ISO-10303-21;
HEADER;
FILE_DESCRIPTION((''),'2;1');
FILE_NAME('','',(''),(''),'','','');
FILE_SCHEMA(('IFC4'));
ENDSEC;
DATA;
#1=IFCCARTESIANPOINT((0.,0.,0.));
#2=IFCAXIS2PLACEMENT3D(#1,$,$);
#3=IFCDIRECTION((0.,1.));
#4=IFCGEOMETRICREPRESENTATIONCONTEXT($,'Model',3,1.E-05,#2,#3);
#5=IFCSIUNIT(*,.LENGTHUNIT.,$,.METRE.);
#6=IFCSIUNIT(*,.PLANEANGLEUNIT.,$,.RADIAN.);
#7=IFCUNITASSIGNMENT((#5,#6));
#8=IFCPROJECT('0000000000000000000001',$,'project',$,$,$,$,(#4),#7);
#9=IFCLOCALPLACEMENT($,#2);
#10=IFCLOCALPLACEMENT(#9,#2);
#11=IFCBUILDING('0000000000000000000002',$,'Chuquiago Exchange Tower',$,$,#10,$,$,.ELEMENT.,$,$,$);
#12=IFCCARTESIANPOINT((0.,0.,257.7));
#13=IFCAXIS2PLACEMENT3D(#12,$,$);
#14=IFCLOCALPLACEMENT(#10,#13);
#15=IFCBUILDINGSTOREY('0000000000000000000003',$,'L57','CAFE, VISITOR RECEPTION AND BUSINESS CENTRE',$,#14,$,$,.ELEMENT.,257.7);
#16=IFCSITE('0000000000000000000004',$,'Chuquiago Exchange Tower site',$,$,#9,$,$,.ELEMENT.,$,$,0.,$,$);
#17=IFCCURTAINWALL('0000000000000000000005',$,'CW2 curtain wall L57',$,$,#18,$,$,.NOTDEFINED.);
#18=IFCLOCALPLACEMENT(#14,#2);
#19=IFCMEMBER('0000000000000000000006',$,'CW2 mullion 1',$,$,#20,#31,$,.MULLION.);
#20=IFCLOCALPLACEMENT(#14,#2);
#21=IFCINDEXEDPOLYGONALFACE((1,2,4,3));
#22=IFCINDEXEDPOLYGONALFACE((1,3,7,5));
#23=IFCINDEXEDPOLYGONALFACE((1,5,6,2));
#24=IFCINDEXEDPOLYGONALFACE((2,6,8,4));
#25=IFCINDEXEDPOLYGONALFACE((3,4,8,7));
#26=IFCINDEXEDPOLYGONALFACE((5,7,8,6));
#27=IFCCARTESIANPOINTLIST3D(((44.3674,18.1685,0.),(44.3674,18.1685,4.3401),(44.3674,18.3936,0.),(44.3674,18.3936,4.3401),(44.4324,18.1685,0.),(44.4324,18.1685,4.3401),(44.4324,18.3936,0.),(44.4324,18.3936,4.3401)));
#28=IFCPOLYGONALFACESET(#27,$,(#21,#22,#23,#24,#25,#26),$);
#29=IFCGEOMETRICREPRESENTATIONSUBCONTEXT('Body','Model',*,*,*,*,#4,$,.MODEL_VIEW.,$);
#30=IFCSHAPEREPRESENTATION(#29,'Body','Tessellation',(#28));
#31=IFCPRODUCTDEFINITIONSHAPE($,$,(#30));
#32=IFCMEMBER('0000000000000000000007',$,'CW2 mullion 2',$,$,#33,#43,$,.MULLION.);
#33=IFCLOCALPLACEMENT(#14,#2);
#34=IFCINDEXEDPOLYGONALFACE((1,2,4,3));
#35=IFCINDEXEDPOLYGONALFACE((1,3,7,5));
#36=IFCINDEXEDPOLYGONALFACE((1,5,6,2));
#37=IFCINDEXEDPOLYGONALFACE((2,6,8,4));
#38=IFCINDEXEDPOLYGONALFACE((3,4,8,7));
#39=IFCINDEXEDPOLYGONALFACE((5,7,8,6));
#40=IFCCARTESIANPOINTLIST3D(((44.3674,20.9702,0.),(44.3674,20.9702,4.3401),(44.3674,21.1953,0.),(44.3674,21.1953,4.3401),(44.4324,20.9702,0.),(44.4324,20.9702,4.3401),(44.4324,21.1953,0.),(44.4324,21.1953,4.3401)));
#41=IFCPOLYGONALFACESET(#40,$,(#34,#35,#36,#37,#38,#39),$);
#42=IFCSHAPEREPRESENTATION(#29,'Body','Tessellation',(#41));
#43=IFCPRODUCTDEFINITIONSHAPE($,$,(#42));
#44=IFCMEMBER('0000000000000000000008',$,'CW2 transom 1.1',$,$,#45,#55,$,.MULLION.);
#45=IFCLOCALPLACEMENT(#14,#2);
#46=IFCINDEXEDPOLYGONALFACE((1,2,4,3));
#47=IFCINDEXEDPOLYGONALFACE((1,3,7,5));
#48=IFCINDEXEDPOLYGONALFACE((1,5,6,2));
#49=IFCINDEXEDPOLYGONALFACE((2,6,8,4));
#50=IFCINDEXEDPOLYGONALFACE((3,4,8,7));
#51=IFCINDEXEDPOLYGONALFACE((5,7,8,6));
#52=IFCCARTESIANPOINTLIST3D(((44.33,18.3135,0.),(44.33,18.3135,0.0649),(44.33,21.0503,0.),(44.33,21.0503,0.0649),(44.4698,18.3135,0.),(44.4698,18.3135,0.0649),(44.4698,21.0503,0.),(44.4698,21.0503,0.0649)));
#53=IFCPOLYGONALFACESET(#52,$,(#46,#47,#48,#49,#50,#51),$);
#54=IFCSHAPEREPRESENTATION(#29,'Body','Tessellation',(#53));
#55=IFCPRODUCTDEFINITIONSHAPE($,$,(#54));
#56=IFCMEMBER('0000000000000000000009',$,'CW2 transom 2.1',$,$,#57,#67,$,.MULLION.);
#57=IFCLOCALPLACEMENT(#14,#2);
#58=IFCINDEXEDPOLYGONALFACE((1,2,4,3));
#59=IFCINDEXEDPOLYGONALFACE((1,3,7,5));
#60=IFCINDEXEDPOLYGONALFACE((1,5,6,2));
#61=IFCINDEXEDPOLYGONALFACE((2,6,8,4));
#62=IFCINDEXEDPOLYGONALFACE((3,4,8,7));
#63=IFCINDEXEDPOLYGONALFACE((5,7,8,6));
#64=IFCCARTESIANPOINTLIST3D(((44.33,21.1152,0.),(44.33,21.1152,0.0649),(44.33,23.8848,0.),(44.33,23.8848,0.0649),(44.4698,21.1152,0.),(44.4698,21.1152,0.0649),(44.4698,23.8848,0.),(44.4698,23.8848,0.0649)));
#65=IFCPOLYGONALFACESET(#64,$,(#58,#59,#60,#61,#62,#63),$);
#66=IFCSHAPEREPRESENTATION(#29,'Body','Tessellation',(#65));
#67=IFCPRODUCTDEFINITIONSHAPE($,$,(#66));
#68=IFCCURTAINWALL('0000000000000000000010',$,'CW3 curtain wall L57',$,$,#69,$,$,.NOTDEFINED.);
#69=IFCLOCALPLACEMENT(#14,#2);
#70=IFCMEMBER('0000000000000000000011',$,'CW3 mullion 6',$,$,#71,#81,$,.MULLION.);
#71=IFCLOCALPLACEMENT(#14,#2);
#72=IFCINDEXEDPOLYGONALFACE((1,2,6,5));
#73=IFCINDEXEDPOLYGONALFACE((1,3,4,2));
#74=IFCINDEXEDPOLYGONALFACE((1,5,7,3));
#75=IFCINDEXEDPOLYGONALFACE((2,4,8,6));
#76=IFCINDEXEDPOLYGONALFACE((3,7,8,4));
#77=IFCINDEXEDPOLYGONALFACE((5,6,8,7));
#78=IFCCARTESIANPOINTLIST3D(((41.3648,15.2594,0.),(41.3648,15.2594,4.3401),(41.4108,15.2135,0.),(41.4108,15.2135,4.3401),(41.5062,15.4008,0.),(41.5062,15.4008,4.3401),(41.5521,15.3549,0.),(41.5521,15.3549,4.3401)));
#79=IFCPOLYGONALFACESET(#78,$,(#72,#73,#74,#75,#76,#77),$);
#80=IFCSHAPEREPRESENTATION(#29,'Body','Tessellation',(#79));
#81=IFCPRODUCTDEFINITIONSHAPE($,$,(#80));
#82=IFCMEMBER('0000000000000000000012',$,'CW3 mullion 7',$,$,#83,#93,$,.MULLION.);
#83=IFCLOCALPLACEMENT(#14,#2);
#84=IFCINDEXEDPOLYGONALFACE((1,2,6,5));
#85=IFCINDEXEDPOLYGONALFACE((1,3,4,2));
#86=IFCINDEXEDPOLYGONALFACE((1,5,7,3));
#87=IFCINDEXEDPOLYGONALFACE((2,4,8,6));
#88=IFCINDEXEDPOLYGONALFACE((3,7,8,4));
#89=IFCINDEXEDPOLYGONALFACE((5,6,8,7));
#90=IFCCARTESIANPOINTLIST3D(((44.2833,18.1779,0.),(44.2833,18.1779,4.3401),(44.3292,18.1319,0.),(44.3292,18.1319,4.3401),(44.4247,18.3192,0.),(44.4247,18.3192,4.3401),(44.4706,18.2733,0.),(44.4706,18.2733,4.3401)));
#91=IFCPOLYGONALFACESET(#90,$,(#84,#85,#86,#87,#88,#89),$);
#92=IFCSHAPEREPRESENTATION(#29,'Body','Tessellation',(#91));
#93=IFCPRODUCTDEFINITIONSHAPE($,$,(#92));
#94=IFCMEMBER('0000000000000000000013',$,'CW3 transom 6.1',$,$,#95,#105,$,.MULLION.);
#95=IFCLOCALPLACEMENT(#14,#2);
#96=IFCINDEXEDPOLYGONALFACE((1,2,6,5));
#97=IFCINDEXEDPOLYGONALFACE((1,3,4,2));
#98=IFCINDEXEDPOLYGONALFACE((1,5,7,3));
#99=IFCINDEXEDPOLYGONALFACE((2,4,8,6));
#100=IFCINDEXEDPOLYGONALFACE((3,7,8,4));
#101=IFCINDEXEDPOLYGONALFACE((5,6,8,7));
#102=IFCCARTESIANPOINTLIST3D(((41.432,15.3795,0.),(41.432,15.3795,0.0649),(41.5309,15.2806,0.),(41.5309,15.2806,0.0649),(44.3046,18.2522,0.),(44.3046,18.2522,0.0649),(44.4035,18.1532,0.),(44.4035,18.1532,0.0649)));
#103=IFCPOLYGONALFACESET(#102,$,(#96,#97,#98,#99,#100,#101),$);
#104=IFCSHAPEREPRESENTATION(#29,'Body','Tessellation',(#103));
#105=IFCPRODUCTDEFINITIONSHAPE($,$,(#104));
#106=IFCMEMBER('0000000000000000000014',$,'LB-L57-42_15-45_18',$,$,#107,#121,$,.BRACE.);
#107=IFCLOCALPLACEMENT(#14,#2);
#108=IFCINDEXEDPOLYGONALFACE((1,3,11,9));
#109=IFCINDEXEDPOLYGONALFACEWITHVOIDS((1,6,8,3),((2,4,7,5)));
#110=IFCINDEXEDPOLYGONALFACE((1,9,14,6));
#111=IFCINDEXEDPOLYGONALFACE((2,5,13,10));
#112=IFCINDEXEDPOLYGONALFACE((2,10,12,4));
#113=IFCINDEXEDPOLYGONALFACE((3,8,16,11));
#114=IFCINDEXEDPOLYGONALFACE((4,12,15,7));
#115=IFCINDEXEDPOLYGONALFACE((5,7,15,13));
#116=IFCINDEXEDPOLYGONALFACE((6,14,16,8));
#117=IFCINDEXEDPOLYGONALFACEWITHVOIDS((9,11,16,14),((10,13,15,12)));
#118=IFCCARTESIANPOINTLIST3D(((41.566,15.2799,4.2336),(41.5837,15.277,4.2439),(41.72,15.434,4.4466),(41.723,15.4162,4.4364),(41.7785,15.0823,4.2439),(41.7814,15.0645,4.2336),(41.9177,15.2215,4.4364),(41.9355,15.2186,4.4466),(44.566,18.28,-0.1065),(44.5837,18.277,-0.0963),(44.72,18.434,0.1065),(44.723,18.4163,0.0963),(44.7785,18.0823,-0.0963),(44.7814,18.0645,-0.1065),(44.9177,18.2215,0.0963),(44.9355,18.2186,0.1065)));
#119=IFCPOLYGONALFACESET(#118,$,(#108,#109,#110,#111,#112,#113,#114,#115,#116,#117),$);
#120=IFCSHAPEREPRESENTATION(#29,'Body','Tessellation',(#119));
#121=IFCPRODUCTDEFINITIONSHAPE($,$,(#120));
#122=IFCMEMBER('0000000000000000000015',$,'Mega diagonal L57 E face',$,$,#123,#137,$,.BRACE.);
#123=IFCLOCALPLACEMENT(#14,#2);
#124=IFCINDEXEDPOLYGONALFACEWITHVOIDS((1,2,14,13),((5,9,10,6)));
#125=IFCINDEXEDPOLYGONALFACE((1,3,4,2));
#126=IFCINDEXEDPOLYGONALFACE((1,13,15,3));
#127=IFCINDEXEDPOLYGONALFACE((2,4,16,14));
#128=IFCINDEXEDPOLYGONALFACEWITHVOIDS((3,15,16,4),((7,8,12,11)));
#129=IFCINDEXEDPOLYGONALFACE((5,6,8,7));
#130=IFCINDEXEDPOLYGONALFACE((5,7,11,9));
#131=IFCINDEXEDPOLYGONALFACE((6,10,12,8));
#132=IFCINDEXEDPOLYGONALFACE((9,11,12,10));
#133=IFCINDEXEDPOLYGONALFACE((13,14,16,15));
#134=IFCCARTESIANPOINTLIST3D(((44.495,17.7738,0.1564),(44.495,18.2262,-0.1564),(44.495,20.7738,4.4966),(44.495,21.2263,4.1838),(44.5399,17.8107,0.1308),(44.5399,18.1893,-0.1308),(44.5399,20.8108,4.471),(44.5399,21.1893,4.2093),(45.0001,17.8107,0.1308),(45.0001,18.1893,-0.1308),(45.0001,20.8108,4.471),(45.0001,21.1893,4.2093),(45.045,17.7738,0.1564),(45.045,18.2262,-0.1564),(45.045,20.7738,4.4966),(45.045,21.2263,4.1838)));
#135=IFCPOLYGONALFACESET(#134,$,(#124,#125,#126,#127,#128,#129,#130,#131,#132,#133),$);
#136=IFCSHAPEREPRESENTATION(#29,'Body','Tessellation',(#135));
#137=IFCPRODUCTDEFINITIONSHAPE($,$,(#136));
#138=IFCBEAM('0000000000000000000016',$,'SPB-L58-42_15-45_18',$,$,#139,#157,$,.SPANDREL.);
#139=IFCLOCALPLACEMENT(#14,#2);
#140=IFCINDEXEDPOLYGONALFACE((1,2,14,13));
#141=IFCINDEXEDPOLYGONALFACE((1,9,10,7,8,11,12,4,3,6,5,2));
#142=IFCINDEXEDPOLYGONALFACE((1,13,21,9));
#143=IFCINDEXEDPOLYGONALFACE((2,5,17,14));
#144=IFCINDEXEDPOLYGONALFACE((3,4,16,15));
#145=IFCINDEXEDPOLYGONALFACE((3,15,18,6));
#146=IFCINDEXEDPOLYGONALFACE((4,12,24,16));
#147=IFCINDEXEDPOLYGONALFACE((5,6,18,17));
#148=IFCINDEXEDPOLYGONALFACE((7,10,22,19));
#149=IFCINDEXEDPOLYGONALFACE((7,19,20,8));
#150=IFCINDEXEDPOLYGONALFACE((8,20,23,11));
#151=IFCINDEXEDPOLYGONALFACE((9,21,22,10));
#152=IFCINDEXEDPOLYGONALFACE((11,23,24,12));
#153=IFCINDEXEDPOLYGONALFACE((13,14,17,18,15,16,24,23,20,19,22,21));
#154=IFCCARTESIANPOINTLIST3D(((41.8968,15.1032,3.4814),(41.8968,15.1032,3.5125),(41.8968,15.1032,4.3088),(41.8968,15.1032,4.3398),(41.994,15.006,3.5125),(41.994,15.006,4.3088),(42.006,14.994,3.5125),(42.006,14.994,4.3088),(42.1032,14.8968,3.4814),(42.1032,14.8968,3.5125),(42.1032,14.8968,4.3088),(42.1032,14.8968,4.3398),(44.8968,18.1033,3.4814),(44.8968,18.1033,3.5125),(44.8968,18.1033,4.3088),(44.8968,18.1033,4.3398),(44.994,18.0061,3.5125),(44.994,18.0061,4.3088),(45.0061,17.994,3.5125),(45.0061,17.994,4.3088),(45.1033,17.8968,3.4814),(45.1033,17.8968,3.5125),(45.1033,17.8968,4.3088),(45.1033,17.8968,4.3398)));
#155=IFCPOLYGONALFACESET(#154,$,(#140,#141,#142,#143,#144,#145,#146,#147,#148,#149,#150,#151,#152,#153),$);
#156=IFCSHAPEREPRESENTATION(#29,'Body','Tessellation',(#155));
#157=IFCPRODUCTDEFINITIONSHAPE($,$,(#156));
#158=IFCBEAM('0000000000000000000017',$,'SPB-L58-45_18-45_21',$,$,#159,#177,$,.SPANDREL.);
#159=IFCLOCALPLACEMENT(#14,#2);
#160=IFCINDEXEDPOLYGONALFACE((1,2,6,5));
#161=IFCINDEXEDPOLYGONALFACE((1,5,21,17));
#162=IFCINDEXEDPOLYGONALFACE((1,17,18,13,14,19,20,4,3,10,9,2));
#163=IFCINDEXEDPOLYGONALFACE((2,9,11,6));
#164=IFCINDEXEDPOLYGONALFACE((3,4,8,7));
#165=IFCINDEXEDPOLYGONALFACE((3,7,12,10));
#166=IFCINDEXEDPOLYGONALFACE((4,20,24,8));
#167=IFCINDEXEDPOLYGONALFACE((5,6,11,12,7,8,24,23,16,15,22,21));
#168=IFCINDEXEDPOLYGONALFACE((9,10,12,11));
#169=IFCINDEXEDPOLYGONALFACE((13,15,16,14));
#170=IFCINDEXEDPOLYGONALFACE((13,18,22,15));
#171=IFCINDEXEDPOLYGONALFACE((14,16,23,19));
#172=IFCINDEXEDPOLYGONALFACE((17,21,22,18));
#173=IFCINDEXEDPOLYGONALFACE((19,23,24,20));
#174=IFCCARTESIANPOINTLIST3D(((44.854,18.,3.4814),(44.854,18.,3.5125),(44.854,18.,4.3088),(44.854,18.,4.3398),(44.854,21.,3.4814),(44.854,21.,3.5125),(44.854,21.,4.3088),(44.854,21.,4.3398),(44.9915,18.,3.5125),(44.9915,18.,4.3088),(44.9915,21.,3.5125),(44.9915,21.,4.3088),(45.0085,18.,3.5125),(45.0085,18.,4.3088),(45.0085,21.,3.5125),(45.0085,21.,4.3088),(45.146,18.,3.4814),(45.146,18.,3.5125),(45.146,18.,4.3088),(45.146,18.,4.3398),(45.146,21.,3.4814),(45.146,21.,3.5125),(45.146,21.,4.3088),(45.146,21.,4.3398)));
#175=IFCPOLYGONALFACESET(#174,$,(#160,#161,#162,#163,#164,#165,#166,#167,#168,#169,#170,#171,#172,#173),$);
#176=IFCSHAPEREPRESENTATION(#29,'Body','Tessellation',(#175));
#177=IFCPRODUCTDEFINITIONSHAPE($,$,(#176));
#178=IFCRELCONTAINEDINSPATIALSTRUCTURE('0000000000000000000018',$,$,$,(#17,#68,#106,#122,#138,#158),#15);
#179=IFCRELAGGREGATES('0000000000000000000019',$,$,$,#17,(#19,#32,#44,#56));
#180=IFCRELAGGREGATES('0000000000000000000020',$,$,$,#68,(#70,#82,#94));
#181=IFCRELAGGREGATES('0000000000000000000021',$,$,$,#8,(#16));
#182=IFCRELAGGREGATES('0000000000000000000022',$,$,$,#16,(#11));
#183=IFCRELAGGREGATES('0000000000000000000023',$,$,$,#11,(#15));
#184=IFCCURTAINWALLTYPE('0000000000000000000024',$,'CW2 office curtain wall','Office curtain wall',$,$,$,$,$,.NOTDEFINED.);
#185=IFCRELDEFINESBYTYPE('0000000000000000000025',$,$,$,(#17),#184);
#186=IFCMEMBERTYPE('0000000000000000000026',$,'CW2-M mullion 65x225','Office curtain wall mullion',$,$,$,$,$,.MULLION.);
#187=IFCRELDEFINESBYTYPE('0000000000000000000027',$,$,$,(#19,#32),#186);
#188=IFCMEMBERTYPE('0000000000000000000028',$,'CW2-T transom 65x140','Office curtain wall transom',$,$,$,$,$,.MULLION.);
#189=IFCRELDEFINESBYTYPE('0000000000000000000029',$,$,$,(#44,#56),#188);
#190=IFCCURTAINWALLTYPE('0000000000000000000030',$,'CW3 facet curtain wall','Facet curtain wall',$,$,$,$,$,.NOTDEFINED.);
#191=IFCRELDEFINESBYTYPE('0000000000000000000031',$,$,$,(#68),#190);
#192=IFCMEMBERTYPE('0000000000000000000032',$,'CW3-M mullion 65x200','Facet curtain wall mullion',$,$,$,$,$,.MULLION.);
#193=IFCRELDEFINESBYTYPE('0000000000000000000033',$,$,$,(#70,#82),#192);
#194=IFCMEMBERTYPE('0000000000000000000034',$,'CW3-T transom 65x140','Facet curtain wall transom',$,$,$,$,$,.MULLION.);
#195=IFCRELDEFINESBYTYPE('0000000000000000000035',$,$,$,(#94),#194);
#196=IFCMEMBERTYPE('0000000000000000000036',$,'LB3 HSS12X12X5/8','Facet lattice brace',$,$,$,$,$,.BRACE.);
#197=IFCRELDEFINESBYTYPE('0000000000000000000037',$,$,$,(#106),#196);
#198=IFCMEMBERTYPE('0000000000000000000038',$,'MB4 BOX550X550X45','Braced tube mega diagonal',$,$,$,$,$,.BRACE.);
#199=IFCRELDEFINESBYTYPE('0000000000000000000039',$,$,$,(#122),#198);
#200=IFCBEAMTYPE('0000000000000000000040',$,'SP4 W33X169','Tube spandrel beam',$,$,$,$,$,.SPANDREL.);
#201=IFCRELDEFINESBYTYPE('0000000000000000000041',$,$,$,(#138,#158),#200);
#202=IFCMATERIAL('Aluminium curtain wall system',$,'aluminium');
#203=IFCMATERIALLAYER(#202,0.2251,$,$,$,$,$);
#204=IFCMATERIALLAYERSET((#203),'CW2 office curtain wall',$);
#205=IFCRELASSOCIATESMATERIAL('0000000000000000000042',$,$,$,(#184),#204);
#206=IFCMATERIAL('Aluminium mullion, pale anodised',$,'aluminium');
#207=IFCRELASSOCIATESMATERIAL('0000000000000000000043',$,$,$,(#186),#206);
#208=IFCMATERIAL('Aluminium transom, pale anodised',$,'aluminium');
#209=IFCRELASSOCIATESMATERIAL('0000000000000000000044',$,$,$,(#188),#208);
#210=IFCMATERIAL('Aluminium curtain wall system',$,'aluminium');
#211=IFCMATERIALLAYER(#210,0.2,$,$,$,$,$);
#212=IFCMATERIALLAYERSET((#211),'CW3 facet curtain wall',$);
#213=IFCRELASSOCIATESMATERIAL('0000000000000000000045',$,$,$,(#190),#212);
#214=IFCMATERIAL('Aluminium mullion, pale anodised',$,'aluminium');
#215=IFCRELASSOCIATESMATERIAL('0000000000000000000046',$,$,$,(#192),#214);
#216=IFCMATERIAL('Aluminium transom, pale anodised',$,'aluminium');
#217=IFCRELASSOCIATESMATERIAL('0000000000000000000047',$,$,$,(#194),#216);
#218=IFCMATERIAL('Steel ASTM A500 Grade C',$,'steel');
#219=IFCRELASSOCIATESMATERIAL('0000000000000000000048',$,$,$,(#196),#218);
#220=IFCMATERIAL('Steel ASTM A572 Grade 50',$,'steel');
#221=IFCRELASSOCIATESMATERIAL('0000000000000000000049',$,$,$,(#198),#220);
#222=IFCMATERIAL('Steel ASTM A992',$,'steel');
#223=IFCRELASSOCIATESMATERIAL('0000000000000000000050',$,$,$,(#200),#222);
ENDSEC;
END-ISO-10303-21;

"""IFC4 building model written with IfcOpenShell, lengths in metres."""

from ifc_helpers import new_model, si_unit, direction, frame, origin, origin_2d, place, context, subcontext, project, spatial, rectangle, hollow_rectangle, i_section, extrude, material, layer, layer_set, material_profile, profile_set, type_object, element, aggregate, save


model = new_model("IFC4")

# Units and contexts
model_context = context("Model", 3, precision=1e-05, world=origin(), true_north=direction((0.0, 1.0)))
body_context = subcontext(model_context, "Body", "Model", "MODEL_VIEW")
ifc_project = project(units=[si_unit("LENGTHUNIT", "METRE"), si_unit("PLANEANGLEUNIT", "RADIAN")], contexts=[model_context])

# Site, building, storey
site_placement = place(None, origin())
site = spatial("IfcSite", under=ifc_project, at=site_placement, Name="Chuquiago Exchange Tower site", CompositionType="ELEMENT", RefElevation=0.0)
building_placement = place(site_placement, origin())
building = spatial("IfcBuilding", under=site, at=building_placement, Name="Chuquiago Exchange Tower", CompositionType="ELEMENT")
storey_placement = place(building_placement, frame((0.0, 0.0, 257.7)))
storey = spatial("IfcBuildingStorey", under=building, at=storey_placement, Name="L57", Description="CAFE, VISITOR RECEPTION AND BUSINESS CENTRE", CompositionType="ELEMENT", Elevation=257.7)

# Curtain walls, members
ifc_material_1 = material(Name="Aluminium curtain wall system", Category="aluminium")
ifc_layer_1 = layer(ifc_material_1, 0.2251)
ifc_layer_set_1 = layer_set([ifc_layer_1], Name="CW2 office curtain wall")
curtain_wall_type_1 = type_object("IfcCurtainWallType", Name="CW2 office curtain wall", Description="Office curtain wall", PredefinedType="NOTDEFINED", material=ifc_layer_set_1)
curtain_wall_1_placement = place(storey_placement, origin())
curtain_wall_1 = element("IfcCurtainWall", 1, at=curtain_wall_1_placement, inside=storey, type_object=curtain_wall_type_1, Name="CW2 curtain wall L57", PredefinedType="NOTDEFINED")
ifc_material_2 = material(Name="Aluminium mullion, pale anodised", Category="aluminium")
ifc_material_profile_1 = material_profile(ifc_material_2, rectangle(XDim=0.0649, YDim=0.2251, at=origin_2d()), Name="AL 65x225")
ifc_profile_set_1 = profile_set([ifc_material_profile_1], Name="Aluminium mullion, pale anodised")
member_type_1 = type_object("IfcMemberType", Name="CW2-M mullion 65x225", Description="Office curtain wall mullion", PredefinedType="MULLION", material=ifc_profile_set_1)
member_1_placement = place(storey_placement, frame((44.3999, 18.281, 0.0), z_axis=(0.0, 0.0, 1.0), x_axis=(-1.0, 0.0, 0.0)))
member_1 = element("IfcMember", 2, at=member_1_placement, type_object=member_type_1, Name="CW2 mullion 1", PredefinedType="MULLION", context=body_context, shape_type="SweptSolid", body=[
    extrude(rectangle(XDim=0.0649, YDim=0.2251, at=origin_2d()), origin(), (0.0, 0.0, 1.0), 4.3401),
])
member_2_placement = place(storey_placement, frame((44.3999, 21.0828, 0.0), z_axis=(0.0, 0.0, 1.0), x_axis=(-1.0, 0.0, 0.0)))
member_2 = element("IfcMember", 3, at=member_2_placement, type_object=member_type_1, Name="CW2 mullion 2", PredefinedType="MULLION", context=body_context, shape_type="SweptSolid", body=[
    extrude(rectangle(XDim=0.0649, YDim=0.2251, at=origin_2d()), origin(), (0.0, 0.0, 1.0), 4.3401),
])
ifc_material_3 = material(Name="Aluminium transom, pale anodised", Category="aluminium")
ifc_material_profile_2 = material_profile(ifc_material_3, rectangle(XDim=0.1399, YDim=0.0649, at=origin_2d()), Name="AL 140x65")
ifc_profile_set_2 = profile_set([ifc_material_profile_2], Name="Aluminium transom, pale anodised")
member_type_2 = type_object("IfcMemberType", Name="CW2-T transom 65x140", Description="Office curtain wall transom", PredefinedType="MULLION", material=ifc_profile_set_2)
member_3_placement = place(storey_placement, frame((44.3999, 18.3135, 0.0325), z_axis=(0.0, 1.0, 0.0), x_axis=(-1.0, 0.0, 0.0)))
member_3 = element("IfcMember", 4, at=member_3_placement, type_object=member_type_2, Name="CW2 transom 1.1", PredefinedType="MULLION", context=body_context, shape_type="SweptSolid", body=[
    extrude(rectangle(XDim=0.1399, YDim=0.0649, at=origin_2d()), origin(), (0.0, 0.0, 1.0), 2.7368),
])
member_4_placement = place(storey_placement, frame((44.3999, 21.1152, 0.0325), z_axis=(0.0, 1.0, 0.0), x_axis=(-1.0, 0.0, 0.0)))
member_4 = element("IfcMember", 5, at=member_4_placement, type_object=member_type_2, Name="CW2 transom 2.1", PredefinedType="MULLION", context=body_context, shape_type="SweptSolid", body=[
    extrude(rectangle(XDim=0.1399, YDim=0.0649, at=origin_2d()), origin(), (0.0, 0.0, 1.0), 2.7695),
])
ifc_material_4 = material(Name="Aluminium curtain wall system", Category="aluminium")
ifc_layer_2 = layer(ifc_material_4, 0.2)
ifc_layer_set_2 = layer_set([ifc_layer_2], Name="CW3 facet curtain wall")
curtain_wall_type_2 = type_object("IfcCurtainWallType", Name="CW3 facet curtain wall", Description="Facet curtain wall", PredefinedType="NOTDEFINED", material=ifc_layer_set_2)
curtain_wall_2_placement = place(storey_placement, origin())
curtain_wall_2 = element("IfcCurtainWall", 6, at=curtain_wall_2_placement, inside=storey, type_object=curtain_wall_type_2, Name="CW3 curtain wall L57", PredefinedType="NOTDEFINED")
ifc_material_5 = material(Name="Aluminium mullion, pale anodised", Category="aluminium")
ifc_material_profile_3 = material_profile(ifc_material_5, rectangle(XDim=0.0649, YDim=0.2, at=origin_2d()), Name="AL 65x200")
ifc_profile_set_3 = profile_set([ifc_material_profile_3], Name="Aluminium mullion, pale anodised")
member_type_3 = type_object("IfcMemberType", Name="CW3-M mullion 65x200", Description="Facet curtain wall mullion", PredefinedType="MULLION", material=ifc_profile_set_3)
member_5_placement = place(storey_placement, frame((41.4585, 15.3071, 0.0), z_axis=(0.0, 0.0, 1.0), x_axis=(-0.707107, 0.707107, 0.0)))
member_5 = element("IfcMember", 7, at=member_5_placement, type_object=member_type_3, Name="CW3 mullion 6", PredefinedType="MULLION", context=body_context, shape_type="SweptSolid", body=[
    extrude(rectangle(XDim=0.0649, YDim=0.2, at=origin_2d()), origin(), (0.0, 0.0, 1.0), 4.3401),
])
member_6_placement = place(storey_placement, frame((44.377, 18.2256, 0.0), z_axis=(0.0, 0.0, 1.0), x_axis=(-0.707107, 0.707107, 0.0)))
member_6 = element("IfcMember", 8, at=member_6_placement, type_object=member_type_3, Name="CW3 mullion 7", PredefinedType="MULLION", context=body_context, shape_type="SweptSolid", body=[
    extrude(rectangle(XDim=0.0649, YDim=0.2, at=origin_2d()), origin(), (0.0, 0.0, 1.0), 4.3401),
])
ifc_material_6 = material(Name="Aluminium transom, pale anodised", Category="aluminium")
ifc_material_profile_4 = material_profile(ifc_material_6, rectangle(XDim=0.1399, YDim=0.0649, at=origin_2d()), Name="AL 140x65")
ifc_profile_set_4 = profile_set([ifc_material_profile_4], Name="Aluminium transom, pale anodised")
member_type_4 = type_object("IfcMemberType", Name="CW3-T transom 65x140", Description="Facet curtain wall transom", PredefinedType="MULLION", material=ifc_profile_set_4)
member_7_placement = place(storey_placement, frame((41.4814, 15.3301, 0.0325), z_axis=(0.707107, 0.707107, 0.0), x_axis=(-0.707107, 0.707107, 0.0)))
member_7 = element("IfcMember", 9, at=member_7_placement, type_object=member_type_4, Name="CW3 transom 6.1", PredefinedType="MULLION", context=body_context, shape_type="SweptSolid", body=[
    extrude(rectangle(XDim=0.1399, YDim=0.0649, at=origin_2d()), origin(), (0.0, 0.0, 1.0), 4.0625),
])

# Members
ifc_material_7 = material(Name="Steel ASTM A500 Grade C", Category="steel")
ifc_material_profile_5 = material_profile(ifc_material_7, hollow_rectangle(XDim=0.3047, YDim=0.3047, WallThickness=0.0146, at=origin_2d()), Name="HSS12X12X5/8")
ifc_profile_set_5 = profile_set([ifc_material_profile_5], Name="Steel ASTM A500 Grade C")
member_type_5 = type_object("IfcMemberType", Name="LB3 HSS12X12X5/8", Description="Facet lattice brace", PredefinedType="BRACE", material=ifc_profile_set_5)
member_8_placement = place(storey_placement, frame((44.7507, 18.2493, 0.0), z_axis=(-0.494291, -0.494291, 0.715089), x_axis=(0.707107, -0.707107, 0.0)))
element("IfcMember", 10, at=member_8_placement, inside=storey, type_object=member_type_5, Name="LB-L57-42_15-45_18", PredefinedType="BRACE", context=body_context, shape_type="SweptSolid", body=[
    extrude(hollow_rectangle(XDim=0.3047, YDim=0.3047, WallThickness=0.0146, at=origin_2d()), origin(), (0.0, 0.0, 1.0), 6.0693),
])
ifc_material_8 = material(Name="Steel ASTM A572 Grade 50", Category="steel")
ifc_material_profile_6 = material_profile(ifc_material_8, hollow_rectangle(XDim=0.55, YDim=0.55, WallThickness=0.0449, at=origin_2d()), Name="BOX550X550X45")
ifc_profile_set_6 = profile_set([ifc_material_profile_6], Name="Steel ASTM A572 Grade 50")
member_type_6 = type_object("IfcMemberType", Name="MB4 BOX550X550X45", Description="Braced tube mega diagonal", PredefinedType="BRACE", material=ifc_profile_set_6)
member_9_placement = place(storey_placement, frame((44.77, 18.0, 0.0), z_axis=(0.0, 0.568611, 0.822607), x_axis=(-1.0, 0.0, 0.0)))
element("IfcMember", 11, at=member_9_placement, inside=storey, type_object=member_type_6, Name="Mega diagonal L57 E face", PredefinedType="BRACE", context=body_context, shape_type="SweptSolid", body=[
    extrude(hollow_rectangle(XDim=0.55, YDim=0.55, WallThickness=0.0449, at=origin_2d()), origin(), (0.0, 0.0, 1.0), 5.2761),
])

# Beams
ifc_material_9 = material(Name="Steel ASTM A992", Category="steel")
ifc_material_profile_7 = material_profile(ifc_material_9, i_section(OverallWidth=0.292, OverallDepth=0.8584, WebThickness=0.0171, FlangeThickness=0.031, at=origin_2d()), Name="W33X169")
ifc_profile_set_7 = profile_set([ifc_material_profile_7], Name="Steel ASTM A992")
beam_type_1 = type_object("IfcBeamType", Name="SP4 W33X169", Description="Tube spandrel beam", PredefinedType="SPANDREL", material=ifc_profile_set_7)
beam_1_placement = place(storey_placement, frame((42.0, 15.0, 3.9106), z_axis=(0.707107, 0.707107, 0.0), x_axis=(-0.707107, 0.707107, 0.0)))
element("IfcBeam", 12, at=beam_1_placement, inside=storey, type_object=beam_type_1, Name="SPB-L58-42_15-45_18", PredefinedType="SPANDREL", context=body_context, shape_type="SweptSolid", body=[
    extrude(i_section(OverallWidth=0.292, OverallDepth=0.8584, WebThickness=0.0171, FlangeThickness=0.031, at=origin_2d()), origin(), (0.0, 0.0, 1.0), 4.2427),
])
for number, where, z_axis, x_axis, name in (
    (13, (45.0, 18.0, 3.9106), (0.0, 1.0, 0.0), (-1.0, 0.0, 0.0), "SPB-L58-45_18-45_21"),
):
    element("IfcBeam", number, at=place(storey_placement, frame(where, z_axis=z_axis, x_axis=x_axis)), inside=storey, type_object=beam_type_1, Name=name, PredefinedType="SPANDREL", context=body_context, shape_type="SweptSolid", body=[
        extrude(i_section(OverallWidth=0.292, OverallDepth=0.8584, WebThickness=0.0171, FlangeThickness=0.031, at=origin_2d()), origin(), (0.0, 0.0, 1.0), 3.0),
    ])

aggregate(curtain_wall_1, [member_1, member_2, member_3, member_4])
aggregate(curtain_wall_2, [member_5, member_6, member_7])

save(model, "model.ifc")
